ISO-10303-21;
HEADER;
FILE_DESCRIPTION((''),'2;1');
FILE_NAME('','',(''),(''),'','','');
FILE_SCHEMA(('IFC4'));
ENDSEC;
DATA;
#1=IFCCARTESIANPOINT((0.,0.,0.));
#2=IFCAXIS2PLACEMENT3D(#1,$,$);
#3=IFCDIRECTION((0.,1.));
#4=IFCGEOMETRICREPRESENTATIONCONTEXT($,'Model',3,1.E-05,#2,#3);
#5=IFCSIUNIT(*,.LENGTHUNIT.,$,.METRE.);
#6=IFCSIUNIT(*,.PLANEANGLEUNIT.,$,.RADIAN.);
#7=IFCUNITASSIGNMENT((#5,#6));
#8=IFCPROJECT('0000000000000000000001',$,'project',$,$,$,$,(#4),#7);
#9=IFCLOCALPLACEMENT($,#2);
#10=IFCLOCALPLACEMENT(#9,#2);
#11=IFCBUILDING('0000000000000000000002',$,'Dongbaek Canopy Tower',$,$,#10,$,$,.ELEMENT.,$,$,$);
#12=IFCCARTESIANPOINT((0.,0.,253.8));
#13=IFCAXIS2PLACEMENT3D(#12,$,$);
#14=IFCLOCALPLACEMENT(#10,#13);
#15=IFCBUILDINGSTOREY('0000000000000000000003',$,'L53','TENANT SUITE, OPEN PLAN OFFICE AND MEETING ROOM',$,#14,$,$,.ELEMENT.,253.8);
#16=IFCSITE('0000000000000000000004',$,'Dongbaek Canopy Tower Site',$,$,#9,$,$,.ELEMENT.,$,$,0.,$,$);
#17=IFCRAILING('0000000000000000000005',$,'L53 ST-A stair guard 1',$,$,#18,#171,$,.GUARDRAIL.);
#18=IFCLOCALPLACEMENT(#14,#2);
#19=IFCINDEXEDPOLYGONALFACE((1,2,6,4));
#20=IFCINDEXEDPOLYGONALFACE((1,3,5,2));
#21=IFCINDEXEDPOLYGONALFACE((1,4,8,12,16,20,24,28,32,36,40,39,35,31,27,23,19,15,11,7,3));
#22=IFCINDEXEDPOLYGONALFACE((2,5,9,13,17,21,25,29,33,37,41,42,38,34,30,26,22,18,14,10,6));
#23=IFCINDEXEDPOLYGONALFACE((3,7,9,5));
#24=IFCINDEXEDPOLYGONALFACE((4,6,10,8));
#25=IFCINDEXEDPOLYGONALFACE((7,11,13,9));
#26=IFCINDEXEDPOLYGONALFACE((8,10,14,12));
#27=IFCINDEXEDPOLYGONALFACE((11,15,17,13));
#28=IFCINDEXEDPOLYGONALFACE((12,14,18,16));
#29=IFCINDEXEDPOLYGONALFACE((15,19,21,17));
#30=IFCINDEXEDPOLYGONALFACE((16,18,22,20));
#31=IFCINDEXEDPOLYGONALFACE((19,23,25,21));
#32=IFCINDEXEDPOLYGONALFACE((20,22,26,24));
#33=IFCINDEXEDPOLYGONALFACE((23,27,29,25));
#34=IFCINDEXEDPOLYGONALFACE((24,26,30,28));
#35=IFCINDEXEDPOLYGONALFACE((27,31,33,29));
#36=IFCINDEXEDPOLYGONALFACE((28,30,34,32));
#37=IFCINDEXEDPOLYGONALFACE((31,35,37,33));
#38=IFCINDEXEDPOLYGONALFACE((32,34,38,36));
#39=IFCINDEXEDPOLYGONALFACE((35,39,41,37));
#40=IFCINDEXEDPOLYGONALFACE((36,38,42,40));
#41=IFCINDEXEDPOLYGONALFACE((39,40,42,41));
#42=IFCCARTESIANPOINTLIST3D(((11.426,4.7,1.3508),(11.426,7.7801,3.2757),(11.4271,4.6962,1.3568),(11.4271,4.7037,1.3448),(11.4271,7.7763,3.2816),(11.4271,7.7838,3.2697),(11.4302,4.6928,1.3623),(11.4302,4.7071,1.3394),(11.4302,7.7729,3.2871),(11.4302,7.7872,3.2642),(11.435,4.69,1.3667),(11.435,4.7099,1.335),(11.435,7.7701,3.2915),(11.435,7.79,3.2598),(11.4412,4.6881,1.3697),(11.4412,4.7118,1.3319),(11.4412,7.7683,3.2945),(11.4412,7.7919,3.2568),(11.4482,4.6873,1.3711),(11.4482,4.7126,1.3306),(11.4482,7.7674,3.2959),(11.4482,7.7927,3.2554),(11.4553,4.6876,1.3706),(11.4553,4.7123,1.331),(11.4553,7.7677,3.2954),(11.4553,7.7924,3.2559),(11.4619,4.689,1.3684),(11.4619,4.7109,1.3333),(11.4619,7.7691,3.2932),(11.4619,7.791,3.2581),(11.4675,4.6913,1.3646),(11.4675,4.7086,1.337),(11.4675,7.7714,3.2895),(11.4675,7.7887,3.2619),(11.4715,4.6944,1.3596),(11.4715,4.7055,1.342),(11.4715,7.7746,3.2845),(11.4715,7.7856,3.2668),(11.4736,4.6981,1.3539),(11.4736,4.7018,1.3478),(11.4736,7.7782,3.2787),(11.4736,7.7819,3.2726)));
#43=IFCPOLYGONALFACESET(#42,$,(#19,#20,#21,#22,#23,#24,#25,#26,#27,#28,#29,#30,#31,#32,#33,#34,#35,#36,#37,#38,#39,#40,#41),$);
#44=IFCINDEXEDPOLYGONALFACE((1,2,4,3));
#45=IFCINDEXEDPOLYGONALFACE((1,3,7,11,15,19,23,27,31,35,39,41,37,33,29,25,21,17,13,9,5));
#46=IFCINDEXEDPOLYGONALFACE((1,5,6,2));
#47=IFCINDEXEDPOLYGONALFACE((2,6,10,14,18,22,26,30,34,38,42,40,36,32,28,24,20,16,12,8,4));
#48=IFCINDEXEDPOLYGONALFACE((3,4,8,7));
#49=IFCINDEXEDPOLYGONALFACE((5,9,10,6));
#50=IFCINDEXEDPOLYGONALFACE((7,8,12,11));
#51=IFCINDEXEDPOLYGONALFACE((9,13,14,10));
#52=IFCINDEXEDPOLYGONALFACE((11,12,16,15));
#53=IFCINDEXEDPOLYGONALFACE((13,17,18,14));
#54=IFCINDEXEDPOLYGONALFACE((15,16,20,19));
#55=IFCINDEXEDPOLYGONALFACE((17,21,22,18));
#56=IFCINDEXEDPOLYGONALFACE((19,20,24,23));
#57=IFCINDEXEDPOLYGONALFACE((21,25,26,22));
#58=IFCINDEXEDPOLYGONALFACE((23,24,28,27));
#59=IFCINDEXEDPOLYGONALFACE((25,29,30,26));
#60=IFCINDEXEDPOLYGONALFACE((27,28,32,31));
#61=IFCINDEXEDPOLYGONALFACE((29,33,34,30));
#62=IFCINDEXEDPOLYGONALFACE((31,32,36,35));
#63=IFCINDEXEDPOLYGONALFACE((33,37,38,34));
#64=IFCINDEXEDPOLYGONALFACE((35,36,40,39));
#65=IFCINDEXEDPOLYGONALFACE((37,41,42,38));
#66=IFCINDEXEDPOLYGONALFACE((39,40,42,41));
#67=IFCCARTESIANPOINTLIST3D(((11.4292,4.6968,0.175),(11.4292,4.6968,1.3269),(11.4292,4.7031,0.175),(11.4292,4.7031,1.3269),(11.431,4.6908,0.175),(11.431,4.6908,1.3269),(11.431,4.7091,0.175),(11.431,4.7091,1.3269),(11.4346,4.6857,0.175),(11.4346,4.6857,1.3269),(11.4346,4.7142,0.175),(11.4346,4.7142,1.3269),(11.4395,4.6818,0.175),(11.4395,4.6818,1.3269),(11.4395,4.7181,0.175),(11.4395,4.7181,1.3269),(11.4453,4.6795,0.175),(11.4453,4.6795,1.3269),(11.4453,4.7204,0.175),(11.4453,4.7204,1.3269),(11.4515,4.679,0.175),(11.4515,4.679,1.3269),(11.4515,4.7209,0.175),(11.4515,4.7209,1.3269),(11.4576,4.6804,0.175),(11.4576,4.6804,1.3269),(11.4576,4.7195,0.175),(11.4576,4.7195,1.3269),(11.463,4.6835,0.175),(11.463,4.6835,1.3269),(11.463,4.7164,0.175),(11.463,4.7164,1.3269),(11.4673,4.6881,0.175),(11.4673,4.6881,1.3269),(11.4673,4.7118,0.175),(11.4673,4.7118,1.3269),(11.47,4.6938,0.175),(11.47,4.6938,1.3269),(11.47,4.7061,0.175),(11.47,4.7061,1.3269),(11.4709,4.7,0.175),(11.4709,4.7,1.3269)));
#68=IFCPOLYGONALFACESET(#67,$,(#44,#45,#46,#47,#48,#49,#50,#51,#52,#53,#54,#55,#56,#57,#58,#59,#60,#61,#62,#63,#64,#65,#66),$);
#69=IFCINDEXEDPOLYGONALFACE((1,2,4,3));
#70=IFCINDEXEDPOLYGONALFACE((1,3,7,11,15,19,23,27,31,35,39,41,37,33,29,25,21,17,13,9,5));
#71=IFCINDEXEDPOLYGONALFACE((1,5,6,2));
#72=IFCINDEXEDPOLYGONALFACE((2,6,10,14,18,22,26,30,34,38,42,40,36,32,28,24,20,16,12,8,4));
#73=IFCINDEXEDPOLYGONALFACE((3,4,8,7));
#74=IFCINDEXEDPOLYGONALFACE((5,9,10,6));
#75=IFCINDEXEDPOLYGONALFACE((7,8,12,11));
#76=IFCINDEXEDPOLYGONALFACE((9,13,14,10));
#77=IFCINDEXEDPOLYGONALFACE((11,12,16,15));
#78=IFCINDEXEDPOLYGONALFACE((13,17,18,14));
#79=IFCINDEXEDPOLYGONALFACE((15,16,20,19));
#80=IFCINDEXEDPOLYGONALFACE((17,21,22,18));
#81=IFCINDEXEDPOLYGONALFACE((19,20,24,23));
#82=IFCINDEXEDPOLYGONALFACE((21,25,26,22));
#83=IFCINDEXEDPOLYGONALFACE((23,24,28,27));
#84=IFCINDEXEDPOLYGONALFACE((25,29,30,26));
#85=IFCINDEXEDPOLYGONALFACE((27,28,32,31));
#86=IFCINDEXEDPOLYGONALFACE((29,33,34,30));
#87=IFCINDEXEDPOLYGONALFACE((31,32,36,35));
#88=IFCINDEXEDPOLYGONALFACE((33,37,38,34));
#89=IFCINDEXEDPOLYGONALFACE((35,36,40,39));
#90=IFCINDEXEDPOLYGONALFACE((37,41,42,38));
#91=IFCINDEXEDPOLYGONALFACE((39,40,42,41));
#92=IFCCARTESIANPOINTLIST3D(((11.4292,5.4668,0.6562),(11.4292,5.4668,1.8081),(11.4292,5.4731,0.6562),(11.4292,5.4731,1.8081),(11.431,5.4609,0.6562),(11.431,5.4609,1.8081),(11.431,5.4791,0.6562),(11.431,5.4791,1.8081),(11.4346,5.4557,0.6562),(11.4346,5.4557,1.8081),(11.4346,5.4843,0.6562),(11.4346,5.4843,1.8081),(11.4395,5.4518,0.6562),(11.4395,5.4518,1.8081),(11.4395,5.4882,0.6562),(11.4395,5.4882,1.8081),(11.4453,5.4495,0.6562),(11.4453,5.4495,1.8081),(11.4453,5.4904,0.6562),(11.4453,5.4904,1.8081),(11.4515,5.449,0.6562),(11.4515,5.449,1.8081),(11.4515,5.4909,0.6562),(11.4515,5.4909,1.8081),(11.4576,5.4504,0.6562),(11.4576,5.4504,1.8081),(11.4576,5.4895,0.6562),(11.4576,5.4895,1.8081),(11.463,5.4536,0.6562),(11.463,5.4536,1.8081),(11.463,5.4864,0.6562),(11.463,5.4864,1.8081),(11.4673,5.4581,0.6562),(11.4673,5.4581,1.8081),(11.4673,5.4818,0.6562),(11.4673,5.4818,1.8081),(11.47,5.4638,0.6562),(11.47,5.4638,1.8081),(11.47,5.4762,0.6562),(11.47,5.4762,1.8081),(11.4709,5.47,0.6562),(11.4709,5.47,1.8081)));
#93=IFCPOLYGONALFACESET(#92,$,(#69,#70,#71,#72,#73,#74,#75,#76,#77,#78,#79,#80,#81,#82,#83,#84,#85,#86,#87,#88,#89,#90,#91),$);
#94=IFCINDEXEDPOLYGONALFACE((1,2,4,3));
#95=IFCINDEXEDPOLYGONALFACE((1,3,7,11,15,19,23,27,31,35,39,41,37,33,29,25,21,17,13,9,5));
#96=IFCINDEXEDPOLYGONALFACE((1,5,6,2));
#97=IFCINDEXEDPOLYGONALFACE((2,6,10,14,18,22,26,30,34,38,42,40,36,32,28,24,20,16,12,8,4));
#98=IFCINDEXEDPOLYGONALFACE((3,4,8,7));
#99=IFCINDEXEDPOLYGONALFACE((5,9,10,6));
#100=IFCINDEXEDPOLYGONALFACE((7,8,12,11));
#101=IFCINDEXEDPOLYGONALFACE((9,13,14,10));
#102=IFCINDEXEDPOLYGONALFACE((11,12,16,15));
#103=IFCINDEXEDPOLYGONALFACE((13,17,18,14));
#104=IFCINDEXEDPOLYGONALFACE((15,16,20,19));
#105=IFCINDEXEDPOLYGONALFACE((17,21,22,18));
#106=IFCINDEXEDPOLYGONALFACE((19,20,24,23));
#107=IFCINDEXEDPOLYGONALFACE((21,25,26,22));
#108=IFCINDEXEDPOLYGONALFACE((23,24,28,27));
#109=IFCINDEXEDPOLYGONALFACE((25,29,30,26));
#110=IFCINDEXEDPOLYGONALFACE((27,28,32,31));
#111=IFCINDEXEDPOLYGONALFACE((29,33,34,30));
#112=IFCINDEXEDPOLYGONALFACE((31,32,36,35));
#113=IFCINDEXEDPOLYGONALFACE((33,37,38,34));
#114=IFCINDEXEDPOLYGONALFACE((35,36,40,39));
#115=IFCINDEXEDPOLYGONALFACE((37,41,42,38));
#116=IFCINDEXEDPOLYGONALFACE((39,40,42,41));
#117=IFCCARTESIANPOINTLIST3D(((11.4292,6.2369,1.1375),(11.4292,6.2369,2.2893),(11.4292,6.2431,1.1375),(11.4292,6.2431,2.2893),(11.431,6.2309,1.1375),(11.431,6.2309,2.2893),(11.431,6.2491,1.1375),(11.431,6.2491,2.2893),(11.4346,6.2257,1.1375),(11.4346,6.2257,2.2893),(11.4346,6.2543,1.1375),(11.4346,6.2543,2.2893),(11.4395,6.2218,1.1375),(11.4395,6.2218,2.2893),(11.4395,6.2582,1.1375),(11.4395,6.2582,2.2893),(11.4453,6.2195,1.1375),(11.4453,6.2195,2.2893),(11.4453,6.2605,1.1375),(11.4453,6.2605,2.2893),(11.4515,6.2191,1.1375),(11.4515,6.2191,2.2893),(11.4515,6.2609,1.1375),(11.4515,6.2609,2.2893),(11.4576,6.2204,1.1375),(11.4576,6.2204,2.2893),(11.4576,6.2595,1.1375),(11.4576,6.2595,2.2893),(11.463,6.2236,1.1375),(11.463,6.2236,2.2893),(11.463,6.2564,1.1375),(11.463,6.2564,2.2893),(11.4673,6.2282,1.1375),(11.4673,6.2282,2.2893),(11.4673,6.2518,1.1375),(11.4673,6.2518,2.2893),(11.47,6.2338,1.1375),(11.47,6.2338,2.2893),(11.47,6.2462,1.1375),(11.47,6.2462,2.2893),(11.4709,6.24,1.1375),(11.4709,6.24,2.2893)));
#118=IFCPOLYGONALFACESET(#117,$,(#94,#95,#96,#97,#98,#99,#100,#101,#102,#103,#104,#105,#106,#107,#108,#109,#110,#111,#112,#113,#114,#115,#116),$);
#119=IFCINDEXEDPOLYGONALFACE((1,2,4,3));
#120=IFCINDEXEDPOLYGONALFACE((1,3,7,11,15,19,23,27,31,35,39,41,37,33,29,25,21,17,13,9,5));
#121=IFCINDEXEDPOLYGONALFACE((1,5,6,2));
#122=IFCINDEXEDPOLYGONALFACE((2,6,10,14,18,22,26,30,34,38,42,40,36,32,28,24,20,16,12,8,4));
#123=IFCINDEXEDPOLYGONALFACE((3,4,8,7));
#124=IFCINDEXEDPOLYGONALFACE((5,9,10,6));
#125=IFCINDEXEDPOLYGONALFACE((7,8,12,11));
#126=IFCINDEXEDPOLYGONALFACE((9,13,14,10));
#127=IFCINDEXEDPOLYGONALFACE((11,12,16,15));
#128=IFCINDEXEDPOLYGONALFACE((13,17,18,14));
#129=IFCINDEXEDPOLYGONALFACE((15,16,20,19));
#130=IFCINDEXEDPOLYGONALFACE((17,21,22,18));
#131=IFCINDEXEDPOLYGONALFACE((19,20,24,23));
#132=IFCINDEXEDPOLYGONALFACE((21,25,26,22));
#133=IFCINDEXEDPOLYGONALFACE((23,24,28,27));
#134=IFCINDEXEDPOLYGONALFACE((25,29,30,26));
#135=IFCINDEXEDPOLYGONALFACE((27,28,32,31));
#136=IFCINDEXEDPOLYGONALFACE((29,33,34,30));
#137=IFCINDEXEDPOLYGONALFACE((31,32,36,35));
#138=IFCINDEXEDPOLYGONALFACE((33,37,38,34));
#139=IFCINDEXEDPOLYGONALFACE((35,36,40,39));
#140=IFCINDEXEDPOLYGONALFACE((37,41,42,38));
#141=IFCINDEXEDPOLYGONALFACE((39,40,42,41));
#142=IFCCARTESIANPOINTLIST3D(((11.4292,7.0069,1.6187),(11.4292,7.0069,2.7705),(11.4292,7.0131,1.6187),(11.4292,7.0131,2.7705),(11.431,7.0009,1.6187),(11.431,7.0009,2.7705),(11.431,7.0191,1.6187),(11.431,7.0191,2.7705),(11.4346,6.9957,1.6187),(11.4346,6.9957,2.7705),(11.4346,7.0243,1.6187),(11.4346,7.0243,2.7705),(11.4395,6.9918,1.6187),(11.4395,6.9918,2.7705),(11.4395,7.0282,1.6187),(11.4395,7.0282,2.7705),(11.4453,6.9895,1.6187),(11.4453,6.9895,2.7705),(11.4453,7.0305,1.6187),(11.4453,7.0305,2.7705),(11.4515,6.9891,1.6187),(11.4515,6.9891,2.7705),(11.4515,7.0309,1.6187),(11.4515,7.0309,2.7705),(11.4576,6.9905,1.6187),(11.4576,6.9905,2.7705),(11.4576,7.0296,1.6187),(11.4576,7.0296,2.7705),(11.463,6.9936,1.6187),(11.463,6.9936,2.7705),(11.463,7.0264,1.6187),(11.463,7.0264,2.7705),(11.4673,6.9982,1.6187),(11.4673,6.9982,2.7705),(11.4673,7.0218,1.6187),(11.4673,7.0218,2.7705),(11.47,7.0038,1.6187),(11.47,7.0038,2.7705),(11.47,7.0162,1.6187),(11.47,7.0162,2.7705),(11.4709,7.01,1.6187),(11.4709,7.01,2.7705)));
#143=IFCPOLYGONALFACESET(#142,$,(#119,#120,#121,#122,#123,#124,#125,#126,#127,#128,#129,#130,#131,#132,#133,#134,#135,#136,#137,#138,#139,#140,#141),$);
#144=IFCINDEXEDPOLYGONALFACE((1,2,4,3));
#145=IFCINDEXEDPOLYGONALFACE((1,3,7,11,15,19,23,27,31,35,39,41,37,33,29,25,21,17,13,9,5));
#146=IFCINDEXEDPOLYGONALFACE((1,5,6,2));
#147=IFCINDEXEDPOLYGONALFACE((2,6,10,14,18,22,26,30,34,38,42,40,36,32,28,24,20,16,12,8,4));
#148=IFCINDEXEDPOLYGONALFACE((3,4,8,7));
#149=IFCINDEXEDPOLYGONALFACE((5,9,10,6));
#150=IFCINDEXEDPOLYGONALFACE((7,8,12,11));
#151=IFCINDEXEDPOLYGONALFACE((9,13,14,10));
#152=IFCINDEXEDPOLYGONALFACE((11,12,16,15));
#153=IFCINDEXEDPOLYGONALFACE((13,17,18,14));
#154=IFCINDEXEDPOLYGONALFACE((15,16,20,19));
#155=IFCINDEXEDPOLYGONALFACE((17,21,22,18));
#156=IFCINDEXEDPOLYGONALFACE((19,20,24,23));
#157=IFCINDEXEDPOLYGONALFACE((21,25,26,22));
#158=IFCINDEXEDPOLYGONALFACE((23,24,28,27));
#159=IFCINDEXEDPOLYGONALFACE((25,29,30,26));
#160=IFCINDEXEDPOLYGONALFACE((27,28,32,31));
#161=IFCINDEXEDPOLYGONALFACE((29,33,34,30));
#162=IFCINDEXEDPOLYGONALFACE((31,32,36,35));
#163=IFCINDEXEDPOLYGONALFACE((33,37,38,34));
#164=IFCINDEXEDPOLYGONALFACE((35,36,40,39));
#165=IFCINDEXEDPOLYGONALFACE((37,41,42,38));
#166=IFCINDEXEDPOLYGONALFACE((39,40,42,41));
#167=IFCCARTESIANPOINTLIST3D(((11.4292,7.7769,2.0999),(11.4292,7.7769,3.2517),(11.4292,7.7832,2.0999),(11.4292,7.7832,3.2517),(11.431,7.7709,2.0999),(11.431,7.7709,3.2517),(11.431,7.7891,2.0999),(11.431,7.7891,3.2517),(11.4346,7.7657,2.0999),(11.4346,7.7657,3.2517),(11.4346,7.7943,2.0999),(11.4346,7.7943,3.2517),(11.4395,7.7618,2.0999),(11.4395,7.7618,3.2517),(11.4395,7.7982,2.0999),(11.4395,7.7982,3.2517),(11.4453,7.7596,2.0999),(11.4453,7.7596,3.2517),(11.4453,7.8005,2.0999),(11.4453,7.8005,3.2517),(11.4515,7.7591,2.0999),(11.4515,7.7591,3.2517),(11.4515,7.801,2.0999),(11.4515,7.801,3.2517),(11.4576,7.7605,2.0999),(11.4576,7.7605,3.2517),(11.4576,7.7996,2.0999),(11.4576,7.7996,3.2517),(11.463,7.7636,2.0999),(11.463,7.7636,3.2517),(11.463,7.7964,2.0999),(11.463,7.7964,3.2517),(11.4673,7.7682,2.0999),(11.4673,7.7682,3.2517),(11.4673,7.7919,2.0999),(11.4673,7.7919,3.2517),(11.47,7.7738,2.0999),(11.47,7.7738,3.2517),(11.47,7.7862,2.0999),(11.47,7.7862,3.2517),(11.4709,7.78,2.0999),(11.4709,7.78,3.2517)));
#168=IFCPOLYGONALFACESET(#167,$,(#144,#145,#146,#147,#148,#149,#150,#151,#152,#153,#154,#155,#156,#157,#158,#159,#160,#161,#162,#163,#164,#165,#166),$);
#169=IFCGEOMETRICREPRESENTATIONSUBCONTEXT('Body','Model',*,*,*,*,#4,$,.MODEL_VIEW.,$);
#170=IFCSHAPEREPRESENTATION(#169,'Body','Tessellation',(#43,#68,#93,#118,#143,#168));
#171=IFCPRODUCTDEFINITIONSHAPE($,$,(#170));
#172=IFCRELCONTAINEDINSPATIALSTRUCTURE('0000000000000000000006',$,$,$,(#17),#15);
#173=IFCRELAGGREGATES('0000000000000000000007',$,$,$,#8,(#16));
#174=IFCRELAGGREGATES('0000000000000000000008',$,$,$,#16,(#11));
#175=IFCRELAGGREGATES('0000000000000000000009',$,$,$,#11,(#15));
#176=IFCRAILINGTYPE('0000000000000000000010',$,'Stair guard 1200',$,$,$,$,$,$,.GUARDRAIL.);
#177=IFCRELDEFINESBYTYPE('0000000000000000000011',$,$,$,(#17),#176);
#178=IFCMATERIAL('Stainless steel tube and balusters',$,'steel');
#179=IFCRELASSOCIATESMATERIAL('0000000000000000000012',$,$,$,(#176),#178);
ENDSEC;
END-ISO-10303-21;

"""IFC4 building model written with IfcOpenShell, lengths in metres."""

from ifc_helpers import new_model, si_unit, direction, frame, origin, origin_2d, place, context, subcontext, project, spatial, circle, extrude, material, type_object, element, save


model = new_model("IFC4")

# Units and contexts
model_context = context("Model", 3, precision=1e-05, world=origin(), true_north=direction((0.0, 1.0)))
body_context = subcontext(model_context, "Body", "Model", "MODEL_VIEW")
ifc_project = project(units=[si_unit("LENGTHUNIT", "METRE"), si_unit("PLANEANGLEUNIT", "RADIAN")], contexts=[model_context])

# Site, building, storey
site_placement = place(None, origin())
site = spatial("IfcSite", under=ifc_project, at=site_placement, Name="Dongbaek Canopy Tower Site", CompositionType="ELEMENT", RefElevation=0.0)
building_placement = place(site_placement, origin())
building = spatial("IfcBuilding", under=site, at=building_placement, Name="Dongbaek Canopy Tower", CompositionType="ELEMENT")
storey_placement = place(building_placement, frame((0.0, 0.0, 253.8)))
storey = spatial("IfcBuildingStorey", under=building, at=storey_placement, Name="L53", Description="TENANT SUITE, OPEN PLAN OFFICE AND MEETING ROOM", CompositionType="ELEMENT", Elevation=253.8)

# Railing
ifc_material_1 = material(Name="Stainless steel tube and balusters", Category="steel")
railing_type_1 = type_object("IfcRailingType", Name="Stair guard 1200", PredefinedType="GUARDRAIL", material=ifc_material_1)
railing_1_placement = place(storey_placement, frame((11.45, 4.7, 0.175)))
element("IfcRailing", 1, at=railing_1_placement, inside=storey, type_object=railing_type_1, Name="L53 ST-A stair guard 1", PredefinedType="GUARDRAIL", context=body_context, shape_type="SweptSolid", body=[
    extrude(circle(Radius=0.0239, at=origin_2d()), frame((0.0, 0.0, 1.1758), z_axis=(0.0, 0.848029, 0.529951), x_axis=(-1.0, 0.0, 0.0)), (0.0, 0.0, 1.0), 3.6321),
    extrude(circle(Radius=0.021, at=origin_2d()), origin(), (0.0, 0.0, 1.0), 1.1519),
    extrude(circle(Radius=0.021, at=origin_2d()), frame((0.0, 0.77, 0.4812)), (0.0, 0.0, 1.0), 1.1519),
    extrude(circle(Radius=0.021, at=origin_2d()), frame((0.0, 1.54, 0.9624)), (0.0, 0.0, 1.0), 1.1519),
    extrude(circle(Radius=0.021, at=origin_2d()), frame((0.0, 2.3101, 1.4436)), (0.0, 0.0, 1.0), 1.1519),
    extrude(circle(Radius=0.021, at=origin_2d()), frame((0.0, 3.0801, 1.9248)), (0.0, 0.0, 1.0), 1.1519),
])

save(model, "model.ifc")
